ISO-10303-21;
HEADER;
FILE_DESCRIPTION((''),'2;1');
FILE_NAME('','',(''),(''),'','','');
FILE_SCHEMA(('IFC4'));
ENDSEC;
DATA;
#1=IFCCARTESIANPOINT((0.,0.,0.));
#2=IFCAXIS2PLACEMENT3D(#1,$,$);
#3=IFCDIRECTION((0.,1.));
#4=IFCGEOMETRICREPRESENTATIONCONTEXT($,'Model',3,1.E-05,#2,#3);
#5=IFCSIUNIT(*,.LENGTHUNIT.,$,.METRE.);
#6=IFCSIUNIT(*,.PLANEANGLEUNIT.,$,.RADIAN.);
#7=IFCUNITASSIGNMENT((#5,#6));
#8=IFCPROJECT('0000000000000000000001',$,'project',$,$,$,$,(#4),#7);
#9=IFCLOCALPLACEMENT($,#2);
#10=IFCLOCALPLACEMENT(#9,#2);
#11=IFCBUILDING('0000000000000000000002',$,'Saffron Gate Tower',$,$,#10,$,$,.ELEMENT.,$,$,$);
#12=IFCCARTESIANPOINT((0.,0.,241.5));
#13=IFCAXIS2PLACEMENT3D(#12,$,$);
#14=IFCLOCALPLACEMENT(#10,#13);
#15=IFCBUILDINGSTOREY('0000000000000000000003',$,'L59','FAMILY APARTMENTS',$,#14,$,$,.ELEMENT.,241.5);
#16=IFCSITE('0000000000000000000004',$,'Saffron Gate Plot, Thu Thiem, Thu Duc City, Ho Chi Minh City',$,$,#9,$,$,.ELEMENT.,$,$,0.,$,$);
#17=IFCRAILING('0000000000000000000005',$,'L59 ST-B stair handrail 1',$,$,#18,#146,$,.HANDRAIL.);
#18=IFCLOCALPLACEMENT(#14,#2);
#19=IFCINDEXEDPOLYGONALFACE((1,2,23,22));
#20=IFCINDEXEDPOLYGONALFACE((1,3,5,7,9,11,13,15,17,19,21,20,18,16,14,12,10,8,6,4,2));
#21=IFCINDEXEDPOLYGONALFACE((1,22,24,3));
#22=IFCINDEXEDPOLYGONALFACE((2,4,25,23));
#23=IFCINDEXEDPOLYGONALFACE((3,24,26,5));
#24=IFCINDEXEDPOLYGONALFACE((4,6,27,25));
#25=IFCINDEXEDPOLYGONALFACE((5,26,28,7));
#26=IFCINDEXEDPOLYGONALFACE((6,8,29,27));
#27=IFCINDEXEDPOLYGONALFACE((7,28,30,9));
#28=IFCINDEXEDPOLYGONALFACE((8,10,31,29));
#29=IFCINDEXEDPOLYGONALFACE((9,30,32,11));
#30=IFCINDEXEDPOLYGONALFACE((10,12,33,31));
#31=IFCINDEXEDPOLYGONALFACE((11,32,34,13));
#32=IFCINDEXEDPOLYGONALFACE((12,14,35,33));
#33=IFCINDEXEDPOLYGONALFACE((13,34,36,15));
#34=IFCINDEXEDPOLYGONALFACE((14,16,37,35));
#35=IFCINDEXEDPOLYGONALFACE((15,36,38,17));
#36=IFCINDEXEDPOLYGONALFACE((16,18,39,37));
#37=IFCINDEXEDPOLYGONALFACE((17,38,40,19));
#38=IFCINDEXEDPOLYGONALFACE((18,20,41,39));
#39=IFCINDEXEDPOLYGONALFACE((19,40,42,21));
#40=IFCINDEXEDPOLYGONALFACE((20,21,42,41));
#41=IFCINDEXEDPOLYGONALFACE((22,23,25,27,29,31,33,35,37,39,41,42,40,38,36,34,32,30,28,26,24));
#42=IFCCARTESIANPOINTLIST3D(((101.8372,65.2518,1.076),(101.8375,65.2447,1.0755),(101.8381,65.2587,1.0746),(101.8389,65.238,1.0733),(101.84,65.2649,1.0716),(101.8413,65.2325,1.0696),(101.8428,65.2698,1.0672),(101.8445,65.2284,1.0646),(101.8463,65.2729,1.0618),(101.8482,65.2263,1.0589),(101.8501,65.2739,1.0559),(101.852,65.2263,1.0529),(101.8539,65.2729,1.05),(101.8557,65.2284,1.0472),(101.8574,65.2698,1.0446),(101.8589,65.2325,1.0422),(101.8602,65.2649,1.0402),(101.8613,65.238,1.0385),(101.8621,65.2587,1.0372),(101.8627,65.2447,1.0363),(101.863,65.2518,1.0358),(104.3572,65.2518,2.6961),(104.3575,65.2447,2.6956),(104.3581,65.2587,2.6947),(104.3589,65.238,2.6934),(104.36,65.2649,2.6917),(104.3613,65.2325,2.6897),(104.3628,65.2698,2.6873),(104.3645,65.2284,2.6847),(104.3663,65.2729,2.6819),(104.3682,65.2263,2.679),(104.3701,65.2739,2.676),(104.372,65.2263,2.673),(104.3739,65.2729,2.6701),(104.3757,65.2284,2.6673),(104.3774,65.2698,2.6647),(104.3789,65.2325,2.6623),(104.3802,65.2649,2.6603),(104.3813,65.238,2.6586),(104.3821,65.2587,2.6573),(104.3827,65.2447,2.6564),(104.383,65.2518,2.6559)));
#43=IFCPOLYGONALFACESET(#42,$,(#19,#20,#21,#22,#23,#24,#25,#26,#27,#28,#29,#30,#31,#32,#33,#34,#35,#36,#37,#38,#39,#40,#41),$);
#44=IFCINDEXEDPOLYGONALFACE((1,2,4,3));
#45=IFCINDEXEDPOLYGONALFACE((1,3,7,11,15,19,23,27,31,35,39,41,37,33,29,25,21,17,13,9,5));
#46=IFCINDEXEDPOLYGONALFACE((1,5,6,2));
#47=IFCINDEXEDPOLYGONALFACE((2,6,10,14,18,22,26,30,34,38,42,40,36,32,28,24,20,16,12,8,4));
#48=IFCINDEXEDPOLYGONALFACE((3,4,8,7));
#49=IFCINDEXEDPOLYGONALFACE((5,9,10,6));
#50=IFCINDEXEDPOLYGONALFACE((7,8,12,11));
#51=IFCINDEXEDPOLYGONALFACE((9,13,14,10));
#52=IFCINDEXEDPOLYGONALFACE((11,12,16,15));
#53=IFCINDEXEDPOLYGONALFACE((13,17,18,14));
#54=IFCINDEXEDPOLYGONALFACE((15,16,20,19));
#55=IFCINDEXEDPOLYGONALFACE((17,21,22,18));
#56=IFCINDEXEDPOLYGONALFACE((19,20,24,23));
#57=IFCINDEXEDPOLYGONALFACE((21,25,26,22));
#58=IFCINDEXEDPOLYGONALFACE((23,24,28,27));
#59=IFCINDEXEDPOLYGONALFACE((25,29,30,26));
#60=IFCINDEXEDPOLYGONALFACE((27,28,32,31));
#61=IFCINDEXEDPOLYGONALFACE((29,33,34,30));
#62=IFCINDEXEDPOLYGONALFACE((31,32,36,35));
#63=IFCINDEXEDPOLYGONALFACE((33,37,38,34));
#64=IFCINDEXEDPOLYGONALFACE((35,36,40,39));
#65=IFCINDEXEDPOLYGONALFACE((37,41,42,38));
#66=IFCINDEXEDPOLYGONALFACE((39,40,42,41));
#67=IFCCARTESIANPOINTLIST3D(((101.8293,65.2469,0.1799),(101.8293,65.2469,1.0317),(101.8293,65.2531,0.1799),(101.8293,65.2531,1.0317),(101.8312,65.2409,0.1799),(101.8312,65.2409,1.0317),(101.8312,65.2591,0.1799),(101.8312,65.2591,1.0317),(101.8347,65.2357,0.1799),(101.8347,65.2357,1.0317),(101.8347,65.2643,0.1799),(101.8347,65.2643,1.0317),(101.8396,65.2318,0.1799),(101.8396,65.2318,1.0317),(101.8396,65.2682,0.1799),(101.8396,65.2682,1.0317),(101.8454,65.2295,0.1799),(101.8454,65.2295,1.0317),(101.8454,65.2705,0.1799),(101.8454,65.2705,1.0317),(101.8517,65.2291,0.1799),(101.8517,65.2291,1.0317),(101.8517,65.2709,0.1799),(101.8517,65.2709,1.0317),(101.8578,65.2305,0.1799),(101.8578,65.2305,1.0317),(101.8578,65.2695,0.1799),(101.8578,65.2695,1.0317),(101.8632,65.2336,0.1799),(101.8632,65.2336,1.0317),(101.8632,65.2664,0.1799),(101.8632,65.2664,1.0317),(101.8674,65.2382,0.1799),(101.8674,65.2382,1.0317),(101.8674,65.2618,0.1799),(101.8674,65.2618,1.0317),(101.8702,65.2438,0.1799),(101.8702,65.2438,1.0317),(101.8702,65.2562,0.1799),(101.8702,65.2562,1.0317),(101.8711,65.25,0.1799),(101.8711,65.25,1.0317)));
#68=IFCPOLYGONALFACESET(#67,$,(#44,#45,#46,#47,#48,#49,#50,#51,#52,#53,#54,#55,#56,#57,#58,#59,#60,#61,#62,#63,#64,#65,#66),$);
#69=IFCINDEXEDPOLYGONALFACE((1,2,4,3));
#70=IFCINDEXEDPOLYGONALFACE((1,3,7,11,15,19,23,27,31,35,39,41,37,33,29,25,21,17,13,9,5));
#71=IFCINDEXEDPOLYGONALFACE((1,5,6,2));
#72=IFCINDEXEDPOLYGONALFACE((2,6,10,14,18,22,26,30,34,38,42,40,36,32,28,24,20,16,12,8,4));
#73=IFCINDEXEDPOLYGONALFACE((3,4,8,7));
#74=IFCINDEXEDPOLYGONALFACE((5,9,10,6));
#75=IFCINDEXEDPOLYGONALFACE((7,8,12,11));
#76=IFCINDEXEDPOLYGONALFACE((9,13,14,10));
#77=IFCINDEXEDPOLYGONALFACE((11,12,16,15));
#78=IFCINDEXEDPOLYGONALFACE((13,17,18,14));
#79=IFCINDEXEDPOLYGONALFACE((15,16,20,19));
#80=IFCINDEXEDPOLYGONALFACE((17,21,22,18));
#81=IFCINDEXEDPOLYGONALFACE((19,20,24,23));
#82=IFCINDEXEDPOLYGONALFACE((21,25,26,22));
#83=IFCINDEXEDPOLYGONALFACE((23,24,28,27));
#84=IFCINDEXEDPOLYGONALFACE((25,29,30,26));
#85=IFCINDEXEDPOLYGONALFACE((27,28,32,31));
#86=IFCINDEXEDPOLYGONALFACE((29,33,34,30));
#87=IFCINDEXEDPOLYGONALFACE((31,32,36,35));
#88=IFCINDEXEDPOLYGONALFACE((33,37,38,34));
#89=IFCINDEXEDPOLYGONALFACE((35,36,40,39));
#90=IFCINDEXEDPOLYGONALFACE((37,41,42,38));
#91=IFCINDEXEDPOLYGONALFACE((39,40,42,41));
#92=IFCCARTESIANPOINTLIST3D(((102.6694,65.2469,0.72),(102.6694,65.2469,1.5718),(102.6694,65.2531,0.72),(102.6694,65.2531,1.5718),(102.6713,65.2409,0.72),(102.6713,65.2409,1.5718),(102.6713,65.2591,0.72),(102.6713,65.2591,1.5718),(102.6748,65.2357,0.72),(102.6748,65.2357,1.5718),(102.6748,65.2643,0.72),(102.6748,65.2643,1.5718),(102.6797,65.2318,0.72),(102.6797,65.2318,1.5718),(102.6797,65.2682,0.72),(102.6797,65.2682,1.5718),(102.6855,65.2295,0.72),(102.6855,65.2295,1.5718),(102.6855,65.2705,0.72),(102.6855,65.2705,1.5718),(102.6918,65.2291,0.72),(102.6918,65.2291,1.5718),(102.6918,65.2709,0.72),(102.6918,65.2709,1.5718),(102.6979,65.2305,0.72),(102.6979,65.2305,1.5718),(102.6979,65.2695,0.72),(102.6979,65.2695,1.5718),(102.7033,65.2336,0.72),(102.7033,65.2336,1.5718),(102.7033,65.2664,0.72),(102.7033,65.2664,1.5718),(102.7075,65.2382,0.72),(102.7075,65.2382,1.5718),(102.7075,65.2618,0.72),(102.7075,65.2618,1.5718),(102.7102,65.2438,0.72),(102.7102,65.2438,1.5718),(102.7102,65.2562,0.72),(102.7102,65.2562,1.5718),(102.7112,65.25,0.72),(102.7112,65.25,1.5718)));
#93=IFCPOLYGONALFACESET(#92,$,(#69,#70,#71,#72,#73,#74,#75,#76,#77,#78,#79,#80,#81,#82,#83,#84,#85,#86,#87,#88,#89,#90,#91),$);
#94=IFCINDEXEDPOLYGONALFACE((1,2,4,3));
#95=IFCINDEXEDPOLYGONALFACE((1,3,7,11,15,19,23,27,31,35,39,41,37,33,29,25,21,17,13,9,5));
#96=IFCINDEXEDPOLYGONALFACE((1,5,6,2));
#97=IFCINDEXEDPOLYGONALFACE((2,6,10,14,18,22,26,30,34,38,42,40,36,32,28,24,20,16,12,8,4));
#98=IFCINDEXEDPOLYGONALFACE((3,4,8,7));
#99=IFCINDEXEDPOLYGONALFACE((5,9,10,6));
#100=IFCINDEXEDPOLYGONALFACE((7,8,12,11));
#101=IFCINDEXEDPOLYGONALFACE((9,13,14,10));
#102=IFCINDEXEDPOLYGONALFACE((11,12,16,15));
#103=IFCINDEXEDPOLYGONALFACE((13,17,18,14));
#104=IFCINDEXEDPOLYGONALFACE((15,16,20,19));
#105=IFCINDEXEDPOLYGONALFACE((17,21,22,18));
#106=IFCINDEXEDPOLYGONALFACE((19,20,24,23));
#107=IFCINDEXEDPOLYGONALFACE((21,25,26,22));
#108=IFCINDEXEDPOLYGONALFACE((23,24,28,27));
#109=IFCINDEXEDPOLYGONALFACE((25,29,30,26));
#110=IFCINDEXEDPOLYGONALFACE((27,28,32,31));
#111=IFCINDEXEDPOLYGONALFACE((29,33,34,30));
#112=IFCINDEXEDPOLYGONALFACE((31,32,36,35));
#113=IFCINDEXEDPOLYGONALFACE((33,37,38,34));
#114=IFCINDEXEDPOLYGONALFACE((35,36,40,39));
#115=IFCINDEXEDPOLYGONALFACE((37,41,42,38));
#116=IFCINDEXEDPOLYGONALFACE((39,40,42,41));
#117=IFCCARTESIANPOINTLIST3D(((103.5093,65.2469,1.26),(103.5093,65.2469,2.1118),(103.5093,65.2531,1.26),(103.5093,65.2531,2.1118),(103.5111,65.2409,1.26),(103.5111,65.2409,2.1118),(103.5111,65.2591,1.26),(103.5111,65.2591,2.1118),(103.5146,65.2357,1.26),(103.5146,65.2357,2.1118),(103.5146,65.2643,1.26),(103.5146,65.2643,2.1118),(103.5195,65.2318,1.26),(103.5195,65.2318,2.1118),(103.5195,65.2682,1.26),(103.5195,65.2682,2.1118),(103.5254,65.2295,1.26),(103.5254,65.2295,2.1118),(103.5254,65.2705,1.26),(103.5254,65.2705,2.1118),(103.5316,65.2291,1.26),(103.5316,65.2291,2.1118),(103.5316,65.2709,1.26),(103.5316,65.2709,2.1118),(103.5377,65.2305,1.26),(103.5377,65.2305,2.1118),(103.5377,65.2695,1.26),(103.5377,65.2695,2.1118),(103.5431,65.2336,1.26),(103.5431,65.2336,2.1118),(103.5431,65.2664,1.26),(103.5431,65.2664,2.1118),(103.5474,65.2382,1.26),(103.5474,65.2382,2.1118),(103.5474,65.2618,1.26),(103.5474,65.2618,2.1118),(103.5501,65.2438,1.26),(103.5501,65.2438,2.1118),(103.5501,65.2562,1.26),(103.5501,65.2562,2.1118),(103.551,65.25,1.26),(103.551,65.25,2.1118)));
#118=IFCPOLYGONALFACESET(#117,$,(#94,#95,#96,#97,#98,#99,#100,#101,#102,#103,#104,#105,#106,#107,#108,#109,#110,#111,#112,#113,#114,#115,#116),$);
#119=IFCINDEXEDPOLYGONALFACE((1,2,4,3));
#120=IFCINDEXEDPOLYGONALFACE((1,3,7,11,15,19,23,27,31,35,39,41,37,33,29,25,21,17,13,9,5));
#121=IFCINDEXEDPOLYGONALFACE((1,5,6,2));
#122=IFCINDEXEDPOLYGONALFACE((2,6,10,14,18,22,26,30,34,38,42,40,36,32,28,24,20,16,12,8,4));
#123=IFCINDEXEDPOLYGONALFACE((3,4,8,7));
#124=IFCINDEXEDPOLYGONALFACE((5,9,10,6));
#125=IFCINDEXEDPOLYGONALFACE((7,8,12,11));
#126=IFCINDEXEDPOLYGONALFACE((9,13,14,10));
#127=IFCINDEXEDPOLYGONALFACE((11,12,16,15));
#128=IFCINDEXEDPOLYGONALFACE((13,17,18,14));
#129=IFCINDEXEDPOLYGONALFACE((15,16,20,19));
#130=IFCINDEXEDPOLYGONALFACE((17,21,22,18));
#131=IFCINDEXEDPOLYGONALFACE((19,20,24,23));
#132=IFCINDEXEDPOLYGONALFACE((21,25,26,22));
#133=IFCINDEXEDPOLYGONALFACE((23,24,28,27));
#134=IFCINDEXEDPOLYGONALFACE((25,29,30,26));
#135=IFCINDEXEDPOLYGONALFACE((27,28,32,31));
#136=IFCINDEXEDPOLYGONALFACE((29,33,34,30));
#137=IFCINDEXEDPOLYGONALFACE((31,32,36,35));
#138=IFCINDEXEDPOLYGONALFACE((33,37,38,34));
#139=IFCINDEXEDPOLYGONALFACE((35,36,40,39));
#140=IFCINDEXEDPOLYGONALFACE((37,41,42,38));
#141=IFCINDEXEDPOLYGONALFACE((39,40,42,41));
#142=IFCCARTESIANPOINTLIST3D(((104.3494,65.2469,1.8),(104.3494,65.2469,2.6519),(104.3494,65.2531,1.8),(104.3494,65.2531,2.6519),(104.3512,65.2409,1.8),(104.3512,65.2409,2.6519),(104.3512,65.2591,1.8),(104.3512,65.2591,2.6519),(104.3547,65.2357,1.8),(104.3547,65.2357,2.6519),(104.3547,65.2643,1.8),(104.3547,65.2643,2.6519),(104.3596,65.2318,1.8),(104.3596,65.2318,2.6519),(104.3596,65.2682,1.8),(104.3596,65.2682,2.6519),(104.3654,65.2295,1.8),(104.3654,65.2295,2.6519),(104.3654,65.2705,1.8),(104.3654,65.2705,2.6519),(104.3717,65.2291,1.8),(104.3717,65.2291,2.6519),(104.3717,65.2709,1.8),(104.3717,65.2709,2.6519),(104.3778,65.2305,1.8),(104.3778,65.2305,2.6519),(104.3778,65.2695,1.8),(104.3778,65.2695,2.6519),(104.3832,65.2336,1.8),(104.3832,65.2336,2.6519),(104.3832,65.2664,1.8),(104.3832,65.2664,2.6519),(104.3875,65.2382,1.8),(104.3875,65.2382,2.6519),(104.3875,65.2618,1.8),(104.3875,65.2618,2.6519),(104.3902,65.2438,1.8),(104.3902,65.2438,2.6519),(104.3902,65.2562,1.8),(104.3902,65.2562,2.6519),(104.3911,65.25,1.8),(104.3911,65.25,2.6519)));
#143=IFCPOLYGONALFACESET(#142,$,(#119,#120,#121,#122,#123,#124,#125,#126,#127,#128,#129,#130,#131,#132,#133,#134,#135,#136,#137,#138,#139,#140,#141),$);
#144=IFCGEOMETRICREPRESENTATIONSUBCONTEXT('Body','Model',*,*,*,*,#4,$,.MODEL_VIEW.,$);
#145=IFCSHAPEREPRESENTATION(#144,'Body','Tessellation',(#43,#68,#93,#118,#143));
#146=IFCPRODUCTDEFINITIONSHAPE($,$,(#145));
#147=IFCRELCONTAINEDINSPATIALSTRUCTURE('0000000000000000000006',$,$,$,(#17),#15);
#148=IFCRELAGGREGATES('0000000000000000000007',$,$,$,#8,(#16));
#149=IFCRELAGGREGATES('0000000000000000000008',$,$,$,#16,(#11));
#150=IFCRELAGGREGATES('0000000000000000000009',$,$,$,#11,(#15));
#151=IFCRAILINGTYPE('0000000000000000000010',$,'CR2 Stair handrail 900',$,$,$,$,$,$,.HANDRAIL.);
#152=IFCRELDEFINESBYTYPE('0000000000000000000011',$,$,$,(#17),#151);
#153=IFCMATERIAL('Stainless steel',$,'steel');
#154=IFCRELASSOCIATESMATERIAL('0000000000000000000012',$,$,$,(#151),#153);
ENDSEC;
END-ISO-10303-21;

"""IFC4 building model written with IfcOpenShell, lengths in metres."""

from ifc_helpers import new_model, si_unit, direction, frame, origin, origin_2d, place, context, subcontext, project, spatial, circle, extrude, material, type_object, element, save


model = new_model("IFC4")

# Units and contexts
model_context = context("Model", 3, precision=1e-05, world=origin(), true_north=direction((0.0, 1.0)))
body_context = subcontext(model_context, "Body", "Model", "MODEL_VIEW")
ifc_project = project(units=[si_unit("LENGTHUNIT", "METRE"), si_unit("PLANEANGLEUNIT", "RADIAN")], contexts=[model_context])

# Site, building, storey
site_placement = place(None, origin())
site = spatial("IfcSite", under=ifc_project, at=site_placement, Name="Saffron Gate Plot, Thu Thiem, Thu Duc City, Ho Chi Minh City", CompositionType="ELEMENT", RefElevation=0.0)
building_placement = place(site_placement, origin())
building = spatial("IfcBuilding", under=site, at=building_placement, Name="Saffron Gate Tower", CompositionType="ELEMENT")
storey_placement = place(building_placement, frame((0.0, 0.0, 241.5)))
storey = spatial("IfcBuildingStorey", under=building, at=storey_placement, Name="L59", Description="FAMILY APARTMENTS", CompositionType="ELEMENT", Elevation=241.5)

# Railing
ifc_material_1 = material(Name="Stainless steel", Category="steel")
railing_type_1 = type_object("IfcRailingType", Name="CR2 Stair handrail 900", PredefinedType="HANDRAIL", material=ifc_material_1)
railing_1_placement = place(storey_placement, frame((101.8501, 65.25, 0.1799)))
element("IfcRailing", 1, at=railing_1_placement, inside=storey, type_object=railing_type_1, Name="L59 ST-B stair handrail 1", PredefinedType="HANDRAIL", context=body_context, shape_type="SweptSolid", body=[
    extrude(circle(Radius=0.0239, at=origin_2d()), frame((0.0, 0.0, 0.876), z_axis=(0.841163, 0.0, 0.540782), x_axis=(0.0, 1.0, 0.0)), (0.0, 0.0, 1.0), 2.9958),
    extrude(circle(Radius=0.021, at=origin_2d()), origin(), (0.0, 0.0, 1.0), 0.8518),
    extrude(circle(Radius=0.021, at=origin_2d()), frame((0.8401, 0.0, 0.54)), (0.0, 0.0, 1.0), 0.8518),
    extrude(circle(Radius=0.021, at=origin_2d()), frame((1.6799, 0.0, 1.0801)), (0.0, 0.0, 1.0), 0.8518),
    extrude(circle(Radius=0.021, at=origin_2d()), frame((2.52, 0.0, 1.6201)), (0.0, 0.0, 1.0), 0.8518),
])

save(model, "model.ifc")
